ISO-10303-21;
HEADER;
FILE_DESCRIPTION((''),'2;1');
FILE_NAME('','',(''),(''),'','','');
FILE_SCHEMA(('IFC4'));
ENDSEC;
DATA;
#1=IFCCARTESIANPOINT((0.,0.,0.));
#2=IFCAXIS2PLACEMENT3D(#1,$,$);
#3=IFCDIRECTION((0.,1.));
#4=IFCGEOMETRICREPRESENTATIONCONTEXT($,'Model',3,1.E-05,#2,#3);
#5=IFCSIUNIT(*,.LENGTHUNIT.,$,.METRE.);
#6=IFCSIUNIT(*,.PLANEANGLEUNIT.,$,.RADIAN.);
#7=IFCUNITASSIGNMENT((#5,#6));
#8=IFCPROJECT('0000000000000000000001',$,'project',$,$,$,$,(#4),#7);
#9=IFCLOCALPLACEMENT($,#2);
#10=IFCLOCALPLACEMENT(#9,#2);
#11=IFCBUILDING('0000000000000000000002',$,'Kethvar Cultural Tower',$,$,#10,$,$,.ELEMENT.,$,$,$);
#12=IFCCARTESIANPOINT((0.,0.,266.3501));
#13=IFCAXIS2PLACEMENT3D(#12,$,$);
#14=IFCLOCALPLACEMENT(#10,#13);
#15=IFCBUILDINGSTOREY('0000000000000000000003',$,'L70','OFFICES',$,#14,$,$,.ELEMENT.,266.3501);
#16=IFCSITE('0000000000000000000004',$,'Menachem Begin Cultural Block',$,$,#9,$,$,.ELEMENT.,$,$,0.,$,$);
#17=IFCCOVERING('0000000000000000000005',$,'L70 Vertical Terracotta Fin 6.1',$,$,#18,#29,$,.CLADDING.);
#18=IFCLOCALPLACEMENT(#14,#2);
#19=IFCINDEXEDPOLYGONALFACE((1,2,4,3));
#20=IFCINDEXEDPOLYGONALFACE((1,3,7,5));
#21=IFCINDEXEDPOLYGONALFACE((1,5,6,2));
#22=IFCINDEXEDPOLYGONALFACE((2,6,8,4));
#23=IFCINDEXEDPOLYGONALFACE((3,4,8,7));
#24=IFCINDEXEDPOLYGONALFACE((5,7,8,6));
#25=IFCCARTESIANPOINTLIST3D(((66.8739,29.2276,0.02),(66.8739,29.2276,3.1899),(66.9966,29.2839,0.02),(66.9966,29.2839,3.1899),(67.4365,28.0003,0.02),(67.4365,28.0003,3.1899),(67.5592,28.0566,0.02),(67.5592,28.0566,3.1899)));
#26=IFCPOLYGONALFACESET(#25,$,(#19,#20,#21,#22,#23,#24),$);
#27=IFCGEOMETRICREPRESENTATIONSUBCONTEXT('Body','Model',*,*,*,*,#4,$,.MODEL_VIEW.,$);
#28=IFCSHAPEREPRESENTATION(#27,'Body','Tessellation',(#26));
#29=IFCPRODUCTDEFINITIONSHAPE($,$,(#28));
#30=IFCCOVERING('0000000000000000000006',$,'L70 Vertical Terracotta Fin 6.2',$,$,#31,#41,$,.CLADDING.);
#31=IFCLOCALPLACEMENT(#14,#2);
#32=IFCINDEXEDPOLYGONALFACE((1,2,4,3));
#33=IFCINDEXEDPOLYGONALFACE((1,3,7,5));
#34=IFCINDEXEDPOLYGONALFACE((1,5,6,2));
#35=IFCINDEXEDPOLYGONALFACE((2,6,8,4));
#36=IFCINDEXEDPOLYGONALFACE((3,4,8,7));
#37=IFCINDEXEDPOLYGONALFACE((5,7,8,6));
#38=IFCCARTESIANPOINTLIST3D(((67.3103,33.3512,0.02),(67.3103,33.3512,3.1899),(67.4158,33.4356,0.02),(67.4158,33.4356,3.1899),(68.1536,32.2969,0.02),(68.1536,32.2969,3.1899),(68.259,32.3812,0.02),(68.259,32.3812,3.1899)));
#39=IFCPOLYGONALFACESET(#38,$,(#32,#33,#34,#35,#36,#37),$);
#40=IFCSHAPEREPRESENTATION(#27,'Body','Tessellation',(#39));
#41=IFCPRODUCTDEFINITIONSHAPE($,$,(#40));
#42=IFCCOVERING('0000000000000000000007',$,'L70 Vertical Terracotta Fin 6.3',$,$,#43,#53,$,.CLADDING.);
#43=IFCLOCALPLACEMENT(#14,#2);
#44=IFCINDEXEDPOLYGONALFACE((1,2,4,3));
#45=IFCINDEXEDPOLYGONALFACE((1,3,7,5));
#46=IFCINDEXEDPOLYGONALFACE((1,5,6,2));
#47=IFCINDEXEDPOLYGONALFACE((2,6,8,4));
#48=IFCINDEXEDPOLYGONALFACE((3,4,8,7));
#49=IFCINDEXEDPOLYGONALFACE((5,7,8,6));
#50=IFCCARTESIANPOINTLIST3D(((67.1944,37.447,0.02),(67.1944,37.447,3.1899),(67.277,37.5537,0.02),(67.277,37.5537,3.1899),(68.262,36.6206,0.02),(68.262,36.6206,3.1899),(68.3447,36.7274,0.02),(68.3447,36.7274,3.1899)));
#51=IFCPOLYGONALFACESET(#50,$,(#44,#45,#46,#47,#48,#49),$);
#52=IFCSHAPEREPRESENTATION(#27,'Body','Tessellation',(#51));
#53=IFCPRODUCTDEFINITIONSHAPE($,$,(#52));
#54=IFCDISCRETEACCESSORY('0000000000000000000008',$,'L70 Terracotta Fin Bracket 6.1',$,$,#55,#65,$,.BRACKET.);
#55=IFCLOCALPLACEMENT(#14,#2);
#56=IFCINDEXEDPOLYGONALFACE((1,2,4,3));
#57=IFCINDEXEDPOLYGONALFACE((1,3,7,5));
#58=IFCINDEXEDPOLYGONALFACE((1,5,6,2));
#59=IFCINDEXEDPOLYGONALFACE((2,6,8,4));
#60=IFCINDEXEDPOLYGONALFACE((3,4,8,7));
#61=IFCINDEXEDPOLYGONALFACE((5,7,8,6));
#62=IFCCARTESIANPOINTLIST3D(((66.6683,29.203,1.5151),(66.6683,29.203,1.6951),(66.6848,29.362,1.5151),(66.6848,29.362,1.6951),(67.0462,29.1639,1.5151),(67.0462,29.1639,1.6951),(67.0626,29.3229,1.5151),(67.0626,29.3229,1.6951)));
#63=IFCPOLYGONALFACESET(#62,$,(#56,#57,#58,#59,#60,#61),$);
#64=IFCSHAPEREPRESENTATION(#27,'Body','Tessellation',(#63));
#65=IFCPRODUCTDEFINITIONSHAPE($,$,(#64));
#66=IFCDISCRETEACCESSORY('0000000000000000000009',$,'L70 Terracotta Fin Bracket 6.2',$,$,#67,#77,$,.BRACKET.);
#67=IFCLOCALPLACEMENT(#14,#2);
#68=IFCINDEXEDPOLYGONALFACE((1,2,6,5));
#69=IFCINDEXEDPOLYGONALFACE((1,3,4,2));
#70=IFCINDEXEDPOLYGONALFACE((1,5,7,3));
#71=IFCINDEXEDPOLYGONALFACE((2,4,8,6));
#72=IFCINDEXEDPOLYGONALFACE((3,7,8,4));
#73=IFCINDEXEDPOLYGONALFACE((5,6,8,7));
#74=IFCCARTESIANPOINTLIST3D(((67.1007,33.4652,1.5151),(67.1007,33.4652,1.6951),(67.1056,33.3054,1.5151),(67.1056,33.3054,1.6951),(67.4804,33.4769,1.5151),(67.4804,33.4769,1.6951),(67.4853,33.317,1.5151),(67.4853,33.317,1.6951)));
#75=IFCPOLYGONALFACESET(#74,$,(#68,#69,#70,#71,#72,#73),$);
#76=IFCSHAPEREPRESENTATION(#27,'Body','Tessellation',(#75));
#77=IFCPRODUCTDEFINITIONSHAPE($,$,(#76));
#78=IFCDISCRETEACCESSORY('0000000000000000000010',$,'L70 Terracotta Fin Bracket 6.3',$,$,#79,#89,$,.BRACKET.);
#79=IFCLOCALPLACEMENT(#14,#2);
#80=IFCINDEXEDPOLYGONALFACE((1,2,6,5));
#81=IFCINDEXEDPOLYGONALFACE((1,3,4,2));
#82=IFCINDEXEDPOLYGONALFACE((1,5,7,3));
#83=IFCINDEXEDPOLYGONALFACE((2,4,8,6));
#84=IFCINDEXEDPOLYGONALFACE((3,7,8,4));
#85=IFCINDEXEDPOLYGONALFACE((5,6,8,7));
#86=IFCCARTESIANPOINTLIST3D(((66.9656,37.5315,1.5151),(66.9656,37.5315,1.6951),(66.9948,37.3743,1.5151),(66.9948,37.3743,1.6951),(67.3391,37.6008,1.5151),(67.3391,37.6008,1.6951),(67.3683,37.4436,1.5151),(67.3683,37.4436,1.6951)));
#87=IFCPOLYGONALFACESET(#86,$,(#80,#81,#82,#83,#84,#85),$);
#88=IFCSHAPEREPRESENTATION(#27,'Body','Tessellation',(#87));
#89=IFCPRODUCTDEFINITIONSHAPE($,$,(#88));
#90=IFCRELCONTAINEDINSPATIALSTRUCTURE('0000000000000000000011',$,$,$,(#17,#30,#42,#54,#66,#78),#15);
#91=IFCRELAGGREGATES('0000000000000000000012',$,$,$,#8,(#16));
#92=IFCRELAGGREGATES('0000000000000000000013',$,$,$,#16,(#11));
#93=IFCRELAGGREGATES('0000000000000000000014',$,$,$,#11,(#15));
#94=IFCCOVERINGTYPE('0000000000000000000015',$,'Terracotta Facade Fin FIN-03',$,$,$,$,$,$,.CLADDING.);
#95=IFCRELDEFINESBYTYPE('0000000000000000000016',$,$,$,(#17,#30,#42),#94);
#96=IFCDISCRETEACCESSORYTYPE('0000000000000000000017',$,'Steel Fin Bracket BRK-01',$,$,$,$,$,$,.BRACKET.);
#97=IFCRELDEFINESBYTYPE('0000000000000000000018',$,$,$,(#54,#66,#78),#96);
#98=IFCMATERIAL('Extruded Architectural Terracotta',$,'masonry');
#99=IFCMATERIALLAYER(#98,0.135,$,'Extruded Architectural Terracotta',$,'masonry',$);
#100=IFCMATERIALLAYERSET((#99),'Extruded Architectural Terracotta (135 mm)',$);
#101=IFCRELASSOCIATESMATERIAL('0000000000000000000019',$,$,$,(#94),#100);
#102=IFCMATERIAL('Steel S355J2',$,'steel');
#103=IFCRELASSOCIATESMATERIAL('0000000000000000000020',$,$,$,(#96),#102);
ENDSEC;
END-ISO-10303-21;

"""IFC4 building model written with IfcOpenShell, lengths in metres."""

from ifc_helpers import new_model, si_unit, direction, frame, origin, origin_2d, place, context, subcontext, project, spatial, rectangle, extrude, source, transform, mapped, material, layer, layer_set, type_object, element, save


model = new_model("IFC4")

# Units and contexts
model_context = context("Model", 3, precision=1e-05, world=origin(), true_north=direction((0.0, 1.0)))
body_context = subcontext(model_context, "Body", "Model", "MODEL_VIEW")
ifc_project = project(units=[si_unit("LENGTHUNIT", "METRE"), si_unit("PLANEANGLEUNIT", "RADIAN")], contexts=[model_context])

# Site, building, storey
site_placement = place(None, origin())
site = spatial("IfcSite", under=ifc_project, at=site_placement, Name="Menachem Begin Cultural Block", CompositionType="ELEMENT", RefElevation=0.0)
building_placement = place(site_placement, origin())
building = spatial("IfcBuilding", under=site, at=building_placement, Name="Kethvar Cultural Tower", CompositionType="ELEMENT")
storey_placement = place(building_placement, frame((0.0, 0.0, 266.3501)))
storey = spatial("IfcBuildingStorey", under=building, at=storey_placement, Name="L70", Description="OFFICES", CompositionType="ELEMENT", Elevation=266.3501)

# Shared definitions
ifc_material_1 = material(Name="Steel S355J2", Category="steel")

# Coverings
ifc_material_2 = material(Name="Extruded Architectural Terracotta", Category="masonry")
ifc_layer_1 = layer(ifc_material_2, 0.135, Name="Extruded Architectural Terracotta", Category="masonry")
ifc_layer_set_1 = layer_set([ifc_layer_1], Name="Extruded Architectural Terracotta (135 mm)")
covering_type = type_object("IfcCoveringType", Name="Terracotta Facade Fin FIN-03", PredefinedType="CLADDING", material=ifc_layer_set_1)
shared_shape_1 = source(origin(), body_context, "Body", "SweptSolid", [
    extrude(rectangle(XDim=1.3501, YDim=0.135, at=origin_2d()), origin(), (0.0, 0.0, 1.0), 3.1699),
])
for number, where, z_axis, x_axis, name in (
    (1, (67.2166, 28.6421, 0.02), (0.0, 0.0, 1.0), (0.416757, -0.909018, 0.0), "L70 Vertical Terracotta Fin 6.1"),
    (2, (67.7847, 32.8662, 0.02), (0.0, 0.0, 1.0), (0.624561, -0.780976, 0.0), "L70 Vertical Terracotta Fin 6.2"),
    (3, (67.7695, 37.0872, 0.02), (0.0, 0.0, 1.0), (0.790796, -0.612079, 0.0), "L70 Vertical Terracotta Fin 6.3"),
):
    element("IfcCovering", number, at=place(storey_placement, frame(where, z_axis=z_axis, x_axis=x_axis)), inside=storey, type_object=covering_type, Name=name, PredefinedType="CLADDING", context=body_context, shape_type="MappedRepresentation", body=[
        mapped(shared_shape_1, transform((0.0, 0.0, 0.0), scale=1.0)),
    ])

# Discrete accessories
discrete_accessory_type = type_object("IfcDiscreteAccessoryType", Name="Steel Fin Bracket BRK-01", PredefinedType="BRACKET", material=ifc_material_1)
shared_shape_2 = source(origin(), body_context, "Body", "SweptSolid", [
    extrude(rectangle(XDim=0.3799, YDim=0.1599, at=origin_2d()), origin(), (0.0, 0.0, 1.0), 0.1799),
])
for number, where, z_axis, x_axis, name in (
    (4, (66.8655, 29.2629, 1.5151), (0.0, 0.0, 1.0), (0.994685, -0.102966, 0.0), "L70 Terracotta Fin Bracket 6.1"),
    (5, (67.293, 33.3911, 1.5151), (0.0, 0.0, 1.0), (0.999528, 0.030713, 0.0), "L70 Terracotta Fin Bracket 6.2"),
    (6, (67.167, 37.4875, 1.5151), (0.0, 0.0, 1.0), (0.983191, 0.182579, 0.0), "L70 Terracotta Fin Bracket 6.3"),
):
    element("IfcDiscreteAccessory", number, at=place(storey_placement, frame(where, z_axis=z_axis, x_axis=x_axis)), inside=storey, type_object=discrete_accessory_type, Name=name, PredefinedType="BRACKET", context=body_context, shape_type="MappedRepresentation", body=[
        mapped(shared_shape_2, transform((0.0, 0.0, 0.0), scale=1.0)),
    ])

save(model, "model.ifc")
